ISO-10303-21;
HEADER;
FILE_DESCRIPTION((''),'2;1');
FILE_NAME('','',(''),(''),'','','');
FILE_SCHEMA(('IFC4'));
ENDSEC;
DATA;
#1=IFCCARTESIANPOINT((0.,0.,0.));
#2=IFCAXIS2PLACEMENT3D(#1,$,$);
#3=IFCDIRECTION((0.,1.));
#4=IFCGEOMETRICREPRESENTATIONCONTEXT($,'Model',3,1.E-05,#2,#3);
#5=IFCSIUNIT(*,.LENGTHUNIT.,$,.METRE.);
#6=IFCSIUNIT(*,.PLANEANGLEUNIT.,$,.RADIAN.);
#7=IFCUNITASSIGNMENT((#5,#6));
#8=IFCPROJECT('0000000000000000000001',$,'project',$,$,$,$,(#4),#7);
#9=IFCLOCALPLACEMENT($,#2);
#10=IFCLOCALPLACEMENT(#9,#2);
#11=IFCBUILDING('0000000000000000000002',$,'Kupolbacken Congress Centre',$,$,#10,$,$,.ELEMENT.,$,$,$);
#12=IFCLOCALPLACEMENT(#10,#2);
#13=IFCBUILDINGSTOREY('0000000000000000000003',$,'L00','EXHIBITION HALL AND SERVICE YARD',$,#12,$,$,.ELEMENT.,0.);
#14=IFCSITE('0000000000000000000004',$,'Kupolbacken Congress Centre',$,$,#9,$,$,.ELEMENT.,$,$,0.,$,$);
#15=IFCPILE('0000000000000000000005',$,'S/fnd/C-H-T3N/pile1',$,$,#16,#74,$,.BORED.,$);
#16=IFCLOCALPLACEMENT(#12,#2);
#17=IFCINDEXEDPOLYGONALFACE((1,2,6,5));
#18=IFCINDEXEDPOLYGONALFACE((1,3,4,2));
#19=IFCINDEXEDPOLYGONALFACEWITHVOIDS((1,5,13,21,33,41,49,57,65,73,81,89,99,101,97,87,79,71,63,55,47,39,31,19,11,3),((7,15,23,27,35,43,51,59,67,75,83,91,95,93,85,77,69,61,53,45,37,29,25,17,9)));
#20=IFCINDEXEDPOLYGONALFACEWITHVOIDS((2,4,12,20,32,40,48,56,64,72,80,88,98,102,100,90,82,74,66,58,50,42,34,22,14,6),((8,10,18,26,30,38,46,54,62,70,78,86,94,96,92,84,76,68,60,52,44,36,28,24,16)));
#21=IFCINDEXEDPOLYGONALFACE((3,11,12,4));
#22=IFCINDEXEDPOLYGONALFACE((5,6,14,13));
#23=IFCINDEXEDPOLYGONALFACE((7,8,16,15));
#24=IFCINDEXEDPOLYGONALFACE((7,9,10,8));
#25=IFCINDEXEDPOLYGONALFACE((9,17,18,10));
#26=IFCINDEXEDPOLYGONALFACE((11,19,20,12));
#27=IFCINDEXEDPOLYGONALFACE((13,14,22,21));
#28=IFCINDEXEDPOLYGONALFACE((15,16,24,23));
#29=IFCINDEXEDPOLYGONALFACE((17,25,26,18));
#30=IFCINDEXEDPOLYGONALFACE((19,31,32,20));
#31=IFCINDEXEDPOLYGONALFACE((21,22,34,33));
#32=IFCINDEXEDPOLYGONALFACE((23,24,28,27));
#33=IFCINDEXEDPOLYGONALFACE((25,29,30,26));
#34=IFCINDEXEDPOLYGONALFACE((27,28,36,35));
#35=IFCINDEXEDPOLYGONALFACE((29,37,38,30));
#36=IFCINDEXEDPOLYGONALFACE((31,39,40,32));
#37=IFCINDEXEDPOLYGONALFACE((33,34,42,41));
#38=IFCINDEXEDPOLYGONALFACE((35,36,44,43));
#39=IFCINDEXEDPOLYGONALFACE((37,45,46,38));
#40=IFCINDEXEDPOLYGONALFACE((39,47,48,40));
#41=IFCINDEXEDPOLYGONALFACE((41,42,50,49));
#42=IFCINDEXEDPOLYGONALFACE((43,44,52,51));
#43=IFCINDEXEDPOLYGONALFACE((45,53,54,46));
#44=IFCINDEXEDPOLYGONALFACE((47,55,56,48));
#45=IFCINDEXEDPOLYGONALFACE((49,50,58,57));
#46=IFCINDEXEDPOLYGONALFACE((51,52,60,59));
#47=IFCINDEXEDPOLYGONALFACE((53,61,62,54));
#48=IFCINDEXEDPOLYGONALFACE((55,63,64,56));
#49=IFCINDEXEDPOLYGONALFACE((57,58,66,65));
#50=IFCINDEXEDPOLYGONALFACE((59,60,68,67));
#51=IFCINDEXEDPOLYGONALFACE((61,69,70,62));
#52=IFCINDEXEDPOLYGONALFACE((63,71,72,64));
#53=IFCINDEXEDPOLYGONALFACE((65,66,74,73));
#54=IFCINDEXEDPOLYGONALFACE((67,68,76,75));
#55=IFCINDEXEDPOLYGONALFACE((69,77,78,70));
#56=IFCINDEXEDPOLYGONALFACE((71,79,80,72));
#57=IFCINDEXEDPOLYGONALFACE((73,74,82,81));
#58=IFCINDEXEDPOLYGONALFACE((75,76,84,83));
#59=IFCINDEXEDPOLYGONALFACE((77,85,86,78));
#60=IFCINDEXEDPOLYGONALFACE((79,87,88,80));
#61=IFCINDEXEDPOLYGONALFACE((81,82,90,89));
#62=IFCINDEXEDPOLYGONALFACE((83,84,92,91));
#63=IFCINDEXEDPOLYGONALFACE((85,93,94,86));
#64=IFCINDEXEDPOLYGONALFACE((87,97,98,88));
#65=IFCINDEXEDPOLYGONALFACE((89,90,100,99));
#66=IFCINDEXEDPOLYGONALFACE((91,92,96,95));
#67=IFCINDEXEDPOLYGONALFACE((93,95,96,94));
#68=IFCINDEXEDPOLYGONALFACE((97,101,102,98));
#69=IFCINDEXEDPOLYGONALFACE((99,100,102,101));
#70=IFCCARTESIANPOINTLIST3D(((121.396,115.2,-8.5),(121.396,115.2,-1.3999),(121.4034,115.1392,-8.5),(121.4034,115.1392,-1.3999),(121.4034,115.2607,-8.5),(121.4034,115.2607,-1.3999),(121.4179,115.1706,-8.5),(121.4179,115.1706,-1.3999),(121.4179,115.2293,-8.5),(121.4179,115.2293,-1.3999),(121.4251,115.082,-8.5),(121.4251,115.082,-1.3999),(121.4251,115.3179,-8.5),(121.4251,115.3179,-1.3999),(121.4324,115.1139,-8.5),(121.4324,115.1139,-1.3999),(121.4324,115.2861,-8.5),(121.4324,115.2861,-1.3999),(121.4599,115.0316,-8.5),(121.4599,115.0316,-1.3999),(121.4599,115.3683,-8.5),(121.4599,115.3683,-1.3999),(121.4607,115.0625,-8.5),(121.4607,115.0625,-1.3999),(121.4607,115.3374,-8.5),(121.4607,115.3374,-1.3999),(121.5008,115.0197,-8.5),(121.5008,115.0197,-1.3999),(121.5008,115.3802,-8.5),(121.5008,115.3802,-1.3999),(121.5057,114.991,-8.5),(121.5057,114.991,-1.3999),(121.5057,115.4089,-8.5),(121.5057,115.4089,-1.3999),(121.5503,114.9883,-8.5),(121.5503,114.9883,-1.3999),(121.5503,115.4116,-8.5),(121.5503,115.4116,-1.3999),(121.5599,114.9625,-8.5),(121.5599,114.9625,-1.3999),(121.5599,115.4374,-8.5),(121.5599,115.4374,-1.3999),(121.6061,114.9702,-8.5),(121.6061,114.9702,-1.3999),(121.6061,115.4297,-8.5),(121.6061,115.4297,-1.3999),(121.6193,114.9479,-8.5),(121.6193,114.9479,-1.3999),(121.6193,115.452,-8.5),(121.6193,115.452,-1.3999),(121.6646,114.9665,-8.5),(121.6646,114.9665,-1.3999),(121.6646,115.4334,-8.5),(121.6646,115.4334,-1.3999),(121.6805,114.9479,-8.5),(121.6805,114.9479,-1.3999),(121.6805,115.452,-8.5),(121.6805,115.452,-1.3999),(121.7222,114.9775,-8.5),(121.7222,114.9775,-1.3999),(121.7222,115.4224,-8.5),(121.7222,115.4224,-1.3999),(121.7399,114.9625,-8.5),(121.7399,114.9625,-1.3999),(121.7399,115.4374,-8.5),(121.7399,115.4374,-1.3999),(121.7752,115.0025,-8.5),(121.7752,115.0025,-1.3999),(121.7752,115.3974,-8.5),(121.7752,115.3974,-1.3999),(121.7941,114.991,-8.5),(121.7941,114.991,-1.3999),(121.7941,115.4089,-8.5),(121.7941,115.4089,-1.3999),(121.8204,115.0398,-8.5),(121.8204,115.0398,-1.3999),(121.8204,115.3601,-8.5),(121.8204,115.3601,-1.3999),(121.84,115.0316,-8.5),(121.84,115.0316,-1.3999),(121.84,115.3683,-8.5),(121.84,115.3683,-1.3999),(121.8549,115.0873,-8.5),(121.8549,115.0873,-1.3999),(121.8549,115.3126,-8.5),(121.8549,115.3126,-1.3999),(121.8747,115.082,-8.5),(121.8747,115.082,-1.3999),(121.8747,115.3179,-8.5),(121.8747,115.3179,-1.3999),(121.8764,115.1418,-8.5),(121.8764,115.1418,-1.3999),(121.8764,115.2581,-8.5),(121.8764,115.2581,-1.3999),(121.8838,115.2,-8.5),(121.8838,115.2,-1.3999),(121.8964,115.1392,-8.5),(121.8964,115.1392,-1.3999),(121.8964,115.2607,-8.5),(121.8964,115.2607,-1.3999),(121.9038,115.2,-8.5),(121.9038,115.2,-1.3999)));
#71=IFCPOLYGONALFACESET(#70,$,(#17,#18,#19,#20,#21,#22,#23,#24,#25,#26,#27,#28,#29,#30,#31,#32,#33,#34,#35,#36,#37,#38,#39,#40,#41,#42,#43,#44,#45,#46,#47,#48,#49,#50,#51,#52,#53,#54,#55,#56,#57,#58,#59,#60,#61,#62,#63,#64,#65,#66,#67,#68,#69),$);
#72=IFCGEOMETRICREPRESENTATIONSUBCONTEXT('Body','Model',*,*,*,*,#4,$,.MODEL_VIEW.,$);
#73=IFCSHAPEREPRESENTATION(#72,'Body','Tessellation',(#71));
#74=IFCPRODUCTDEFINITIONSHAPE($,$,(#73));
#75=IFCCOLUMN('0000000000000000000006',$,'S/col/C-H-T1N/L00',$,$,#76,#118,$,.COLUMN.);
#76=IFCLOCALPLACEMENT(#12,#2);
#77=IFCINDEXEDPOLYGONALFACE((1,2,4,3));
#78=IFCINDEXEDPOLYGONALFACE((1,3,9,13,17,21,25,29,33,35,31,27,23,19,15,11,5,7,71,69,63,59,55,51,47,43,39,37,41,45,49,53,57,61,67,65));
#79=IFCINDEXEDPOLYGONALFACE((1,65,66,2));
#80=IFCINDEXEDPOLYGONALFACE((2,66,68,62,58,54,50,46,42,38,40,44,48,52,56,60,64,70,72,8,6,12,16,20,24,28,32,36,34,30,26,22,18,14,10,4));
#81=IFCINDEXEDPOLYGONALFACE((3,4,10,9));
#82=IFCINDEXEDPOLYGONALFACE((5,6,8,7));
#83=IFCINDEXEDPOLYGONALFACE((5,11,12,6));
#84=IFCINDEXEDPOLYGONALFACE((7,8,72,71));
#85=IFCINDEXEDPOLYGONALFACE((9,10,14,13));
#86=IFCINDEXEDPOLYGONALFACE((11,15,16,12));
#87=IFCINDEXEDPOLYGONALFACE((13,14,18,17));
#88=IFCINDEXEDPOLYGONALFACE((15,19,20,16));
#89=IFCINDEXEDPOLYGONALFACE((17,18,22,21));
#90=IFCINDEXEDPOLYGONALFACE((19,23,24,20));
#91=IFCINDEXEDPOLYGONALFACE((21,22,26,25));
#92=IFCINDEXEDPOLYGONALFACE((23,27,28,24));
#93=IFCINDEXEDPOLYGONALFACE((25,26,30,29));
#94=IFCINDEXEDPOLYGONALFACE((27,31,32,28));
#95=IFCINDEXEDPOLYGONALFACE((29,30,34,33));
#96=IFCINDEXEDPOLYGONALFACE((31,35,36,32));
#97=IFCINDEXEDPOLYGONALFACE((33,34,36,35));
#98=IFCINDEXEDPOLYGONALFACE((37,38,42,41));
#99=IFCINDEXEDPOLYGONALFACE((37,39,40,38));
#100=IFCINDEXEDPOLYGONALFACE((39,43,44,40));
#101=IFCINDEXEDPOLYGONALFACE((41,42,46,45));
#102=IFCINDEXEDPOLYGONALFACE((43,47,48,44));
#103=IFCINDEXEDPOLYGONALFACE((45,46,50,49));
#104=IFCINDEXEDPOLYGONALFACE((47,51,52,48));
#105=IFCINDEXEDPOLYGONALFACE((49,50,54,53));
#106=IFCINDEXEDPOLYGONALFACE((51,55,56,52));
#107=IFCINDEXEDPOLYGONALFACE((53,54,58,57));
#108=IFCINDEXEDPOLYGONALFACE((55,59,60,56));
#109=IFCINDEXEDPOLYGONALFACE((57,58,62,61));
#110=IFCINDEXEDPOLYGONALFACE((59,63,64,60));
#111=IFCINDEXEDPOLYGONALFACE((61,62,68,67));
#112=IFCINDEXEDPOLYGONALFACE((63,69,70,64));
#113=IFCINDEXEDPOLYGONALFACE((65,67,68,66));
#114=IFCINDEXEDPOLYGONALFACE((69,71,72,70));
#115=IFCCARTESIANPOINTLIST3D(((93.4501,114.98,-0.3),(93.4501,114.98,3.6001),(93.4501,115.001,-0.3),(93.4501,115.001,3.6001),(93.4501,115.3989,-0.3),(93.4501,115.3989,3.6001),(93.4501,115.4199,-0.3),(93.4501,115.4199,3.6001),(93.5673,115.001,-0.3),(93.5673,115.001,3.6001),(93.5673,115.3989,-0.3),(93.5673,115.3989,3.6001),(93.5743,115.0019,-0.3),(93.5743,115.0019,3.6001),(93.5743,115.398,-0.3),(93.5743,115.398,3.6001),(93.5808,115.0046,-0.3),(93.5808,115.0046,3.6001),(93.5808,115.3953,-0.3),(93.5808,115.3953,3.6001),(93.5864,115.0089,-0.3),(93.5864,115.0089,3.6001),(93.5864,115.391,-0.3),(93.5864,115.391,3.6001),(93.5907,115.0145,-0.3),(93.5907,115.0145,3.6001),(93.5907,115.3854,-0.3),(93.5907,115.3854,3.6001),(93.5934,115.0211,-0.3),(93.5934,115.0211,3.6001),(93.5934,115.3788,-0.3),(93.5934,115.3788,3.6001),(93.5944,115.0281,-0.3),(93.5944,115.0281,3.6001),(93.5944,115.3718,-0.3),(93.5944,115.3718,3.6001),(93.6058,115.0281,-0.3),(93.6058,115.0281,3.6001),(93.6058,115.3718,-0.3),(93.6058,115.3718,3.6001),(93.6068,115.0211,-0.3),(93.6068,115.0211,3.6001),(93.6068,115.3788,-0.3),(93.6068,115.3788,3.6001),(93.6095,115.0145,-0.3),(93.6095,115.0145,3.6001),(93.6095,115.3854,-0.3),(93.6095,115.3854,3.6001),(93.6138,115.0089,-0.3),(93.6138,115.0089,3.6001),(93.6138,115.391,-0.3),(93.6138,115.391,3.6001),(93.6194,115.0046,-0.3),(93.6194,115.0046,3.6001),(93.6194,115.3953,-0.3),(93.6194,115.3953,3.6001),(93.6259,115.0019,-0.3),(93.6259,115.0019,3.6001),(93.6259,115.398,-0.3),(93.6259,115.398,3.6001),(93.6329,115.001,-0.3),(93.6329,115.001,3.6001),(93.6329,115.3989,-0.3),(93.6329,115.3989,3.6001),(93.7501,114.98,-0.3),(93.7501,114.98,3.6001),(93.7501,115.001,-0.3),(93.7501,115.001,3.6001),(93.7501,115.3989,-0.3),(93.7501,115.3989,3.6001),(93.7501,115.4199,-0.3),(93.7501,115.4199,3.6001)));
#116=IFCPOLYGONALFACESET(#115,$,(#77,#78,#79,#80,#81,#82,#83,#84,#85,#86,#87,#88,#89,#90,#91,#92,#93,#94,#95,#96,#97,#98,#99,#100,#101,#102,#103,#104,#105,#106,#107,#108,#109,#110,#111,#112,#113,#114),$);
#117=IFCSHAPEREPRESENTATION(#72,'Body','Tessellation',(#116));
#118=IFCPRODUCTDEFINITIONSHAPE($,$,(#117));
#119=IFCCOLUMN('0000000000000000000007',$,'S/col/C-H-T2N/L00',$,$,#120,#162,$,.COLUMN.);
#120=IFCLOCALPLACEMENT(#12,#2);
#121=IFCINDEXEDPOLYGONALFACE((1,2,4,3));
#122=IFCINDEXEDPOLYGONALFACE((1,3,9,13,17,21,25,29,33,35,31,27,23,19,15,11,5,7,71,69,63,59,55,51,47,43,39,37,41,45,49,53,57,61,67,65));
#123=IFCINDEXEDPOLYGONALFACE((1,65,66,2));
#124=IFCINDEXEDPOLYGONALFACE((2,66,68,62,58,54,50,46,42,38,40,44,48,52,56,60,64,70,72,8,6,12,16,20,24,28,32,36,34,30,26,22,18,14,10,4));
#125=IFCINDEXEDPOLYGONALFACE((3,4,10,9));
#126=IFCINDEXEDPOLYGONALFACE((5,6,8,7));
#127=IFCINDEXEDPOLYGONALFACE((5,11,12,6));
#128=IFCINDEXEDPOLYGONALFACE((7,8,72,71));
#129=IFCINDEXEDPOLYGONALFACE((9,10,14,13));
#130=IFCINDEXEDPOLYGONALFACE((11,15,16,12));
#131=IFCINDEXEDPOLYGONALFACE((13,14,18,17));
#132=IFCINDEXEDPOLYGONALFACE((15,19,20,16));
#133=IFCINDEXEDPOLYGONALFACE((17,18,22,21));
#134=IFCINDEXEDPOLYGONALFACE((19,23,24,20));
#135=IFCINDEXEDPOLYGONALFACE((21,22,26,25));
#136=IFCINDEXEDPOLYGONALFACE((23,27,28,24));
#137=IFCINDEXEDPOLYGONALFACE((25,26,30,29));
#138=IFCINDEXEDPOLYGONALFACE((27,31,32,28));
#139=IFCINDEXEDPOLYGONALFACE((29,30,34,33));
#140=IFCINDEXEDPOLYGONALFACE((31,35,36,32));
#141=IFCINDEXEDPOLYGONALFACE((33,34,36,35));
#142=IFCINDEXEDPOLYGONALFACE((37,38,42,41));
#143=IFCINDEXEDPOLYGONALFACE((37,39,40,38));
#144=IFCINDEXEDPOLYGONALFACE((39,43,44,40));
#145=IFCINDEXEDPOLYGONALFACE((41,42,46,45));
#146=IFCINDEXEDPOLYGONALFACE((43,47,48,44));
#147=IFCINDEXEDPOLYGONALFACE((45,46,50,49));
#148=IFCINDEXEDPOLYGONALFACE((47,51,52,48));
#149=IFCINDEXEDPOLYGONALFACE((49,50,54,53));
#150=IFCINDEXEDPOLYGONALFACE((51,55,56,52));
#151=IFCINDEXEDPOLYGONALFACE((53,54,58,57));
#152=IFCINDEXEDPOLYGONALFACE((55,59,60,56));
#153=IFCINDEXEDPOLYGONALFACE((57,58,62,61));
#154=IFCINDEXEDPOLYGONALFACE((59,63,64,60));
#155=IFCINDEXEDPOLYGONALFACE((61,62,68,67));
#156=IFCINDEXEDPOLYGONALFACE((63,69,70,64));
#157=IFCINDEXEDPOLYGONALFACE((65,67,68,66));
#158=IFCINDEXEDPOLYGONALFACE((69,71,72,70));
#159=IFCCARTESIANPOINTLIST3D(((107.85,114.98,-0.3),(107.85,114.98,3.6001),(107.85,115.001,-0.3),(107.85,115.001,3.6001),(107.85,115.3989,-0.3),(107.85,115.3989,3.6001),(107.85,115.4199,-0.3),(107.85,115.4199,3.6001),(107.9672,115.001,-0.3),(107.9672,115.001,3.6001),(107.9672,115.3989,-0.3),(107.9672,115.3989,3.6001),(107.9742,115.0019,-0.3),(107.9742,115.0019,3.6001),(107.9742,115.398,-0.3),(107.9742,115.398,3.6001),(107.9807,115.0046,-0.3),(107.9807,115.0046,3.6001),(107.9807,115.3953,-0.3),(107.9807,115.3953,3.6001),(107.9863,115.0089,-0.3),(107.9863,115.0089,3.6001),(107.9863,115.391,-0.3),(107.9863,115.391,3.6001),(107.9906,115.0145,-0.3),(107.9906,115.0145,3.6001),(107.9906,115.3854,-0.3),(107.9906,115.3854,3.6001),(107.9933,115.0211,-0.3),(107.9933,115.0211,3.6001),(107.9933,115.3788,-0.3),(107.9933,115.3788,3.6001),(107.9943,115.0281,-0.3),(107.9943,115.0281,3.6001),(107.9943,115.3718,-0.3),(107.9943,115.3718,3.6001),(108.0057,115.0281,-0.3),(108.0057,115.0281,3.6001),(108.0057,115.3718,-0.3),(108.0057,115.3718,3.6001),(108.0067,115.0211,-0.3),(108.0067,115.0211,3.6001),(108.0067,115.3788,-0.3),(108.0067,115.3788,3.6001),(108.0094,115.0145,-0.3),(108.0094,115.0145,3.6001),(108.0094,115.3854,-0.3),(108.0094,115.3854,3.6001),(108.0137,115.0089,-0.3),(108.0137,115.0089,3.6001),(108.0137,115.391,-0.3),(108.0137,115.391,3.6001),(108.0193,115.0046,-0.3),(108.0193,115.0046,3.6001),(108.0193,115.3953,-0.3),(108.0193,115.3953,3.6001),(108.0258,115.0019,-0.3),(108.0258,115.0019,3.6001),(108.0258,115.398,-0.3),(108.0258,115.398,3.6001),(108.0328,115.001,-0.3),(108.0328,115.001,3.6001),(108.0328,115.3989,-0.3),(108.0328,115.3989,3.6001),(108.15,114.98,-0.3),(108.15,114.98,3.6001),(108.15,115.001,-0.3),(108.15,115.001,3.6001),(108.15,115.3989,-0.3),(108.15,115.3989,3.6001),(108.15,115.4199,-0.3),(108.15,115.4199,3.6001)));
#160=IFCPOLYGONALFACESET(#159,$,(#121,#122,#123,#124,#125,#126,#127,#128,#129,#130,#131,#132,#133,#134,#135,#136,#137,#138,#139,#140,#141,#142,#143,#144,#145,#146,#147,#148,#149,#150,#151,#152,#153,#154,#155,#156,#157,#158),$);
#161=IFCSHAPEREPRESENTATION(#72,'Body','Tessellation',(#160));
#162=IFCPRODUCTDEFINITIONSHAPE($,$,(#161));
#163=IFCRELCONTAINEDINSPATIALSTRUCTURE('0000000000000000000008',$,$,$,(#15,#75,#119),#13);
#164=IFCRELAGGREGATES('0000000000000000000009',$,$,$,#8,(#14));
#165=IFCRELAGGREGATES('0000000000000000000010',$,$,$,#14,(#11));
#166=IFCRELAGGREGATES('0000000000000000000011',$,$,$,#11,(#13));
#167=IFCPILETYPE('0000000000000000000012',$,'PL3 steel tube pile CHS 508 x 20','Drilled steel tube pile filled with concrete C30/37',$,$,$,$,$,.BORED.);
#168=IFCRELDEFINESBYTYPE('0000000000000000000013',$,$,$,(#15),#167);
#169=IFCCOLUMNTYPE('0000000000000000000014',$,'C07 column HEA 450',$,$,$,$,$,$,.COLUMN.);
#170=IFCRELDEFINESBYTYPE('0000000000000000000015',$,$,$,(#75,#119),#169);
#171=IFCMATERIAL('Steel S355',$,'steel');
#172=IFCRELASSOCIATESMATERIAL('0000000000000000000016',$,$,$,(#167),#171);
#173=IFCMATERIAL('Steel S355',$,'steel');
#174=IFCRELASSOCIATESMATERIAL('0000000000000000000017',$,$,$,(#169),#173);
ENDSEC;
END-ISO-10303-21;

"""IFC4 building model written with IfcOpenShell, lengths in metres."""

from ifc_helpers import new_model, si_unit, direction, frame, origin, origin_2d, place, context, subcontext, project, spatial, hollow_circle, i_section, extrude, material, material_profile, profile_set, type_object, element, save


model = new_model("IFC4")

# Units and contexts
model_context = context("Model", 3, precision=1e-05, world=origin(), true_north=direction((0.0, 1.0)))
body_context = subcontext(model_context, "Body", "Model", "MODEL_VIEW")
ifc_project = project(units=[si_unit("LENGTHUNIT", "METRE"), si_unit("PLANEANGLEUNIT", "RADIAN")], contexts=[model_context])

# Site, building, storey
site_placement = place(None, origin())
site = spatial("IfcSite", under=ifc_project, at=site_placement, Name="Kupolbacken Congress Centre", CompositionType="ELEMENT", RefElevation=0.0)
building_placement = place(site_placement, origin())
building = spatial("IfcBuilding", under=site, at=building_placement, Name="Kupolbacken Congress Centre", CompositionType="ELEMENT")
storey_placement = place(building_placement, origin())
storey = spatial("IfcBuildingStorey", under=building, at=storey_placement, Name="L00", Description="EXHIBITION HALL AND SERVICE YARD", CompositionType="ELEMENT", Elevation=0.0)

# Pile
ifc_material_1 = material(Name="Steel S355", Category="steel")
ifc_material_profile_1 = material_profile(ifc_material_1, hollow_circle(Radius=0.2539, WallThickness=0.02, at=origin_2d()), Name="CHS 508 x 20")
ifc_profile_set_1 = profile_set([ifc_material_profile_1], Name="Steel S355")
pile_type_1 = type_object("IfcPileType", Name="PL3 steel tube pile CHS 508 x 20", Description="Drilled steel tube pile filled with concrete C30/37", PredefinedType="BORED", material=ifc_profile_set_1)
for number, where, z_axis, x_axis, name in (
    (1, (121.6499, 115.2, -1.3999), (0.0, 0.0, -1.0), (1.0, 0.0, 0.0), "S/fnd/C-H-T3N/pile1"),
):
    element("IfcPile", number, at=place(storey_placement, frame(where, z_axis=z_axis, x_axis=x_axis)), inside=storey, type_object=pile_type_1, Name=name, PredefinedType="BORED", context=body_context, shape_type="SweptSolid", body=[
        extrude(hollow_circle(Radius=0.2539, WallThickness=0.02, at=origin_2d()), origin(), (0.0, 0.0, 1.0), 7.1001),
    ])

# Columns
ifc_material_2 = material(Name="Steel S355", Category="steel")
ifc_material_profile_2 = material_profile(ifc_material_2, i_section(OverallWidth=0.3, OverallDepth=0.4399, WebThickness=0.0115, FlangeThickness=0.021, FilletRadius=0.0271, at=origin_2d()), Name="HEA 450")
ifc_profile_set_2 = profile_set([ifc_material_profile_2], Name="Steel S355")
column_type = type_object("IfcColumnType", Name="C07 column HEA 450", PredefinedType="COLUMN", material=ifc_profile_set_2)
for number, where, z_axis, x_axis, name in (
    (2, (93.6001, 115.2, -0.3), (0.0, 0.0, 1.0), (1.0, 0.0, 0.0), "S/col/C-H-T1N/L00"),
    (3, (108.0, 115.2, -0.3), (0.0, 0.0, 1.0), (1.0, 0.0, 0.0), "S/col/C-H-T2N/L00"),
):
    element("IfcColumn", number, at=place(storey_placement, frame(where, z_axis=z_axis, x_axis=x_axis)), inside=storey, type_object=column_type, Name=name, PredefinedType="COLUMN", context=body_context, shape_type="SweptSolid", body=[
        extrude(i_section(OverallWidth=0.3, OverallDepth=0.4399, WebThickness=0.0115, FlangeThickness=0.021, FilletRadius=0.0271, at=origin_2d()), origin(), (0.0, 0.0, 1.0), 3.9001),
    ])

save(model, "model.ifc")
